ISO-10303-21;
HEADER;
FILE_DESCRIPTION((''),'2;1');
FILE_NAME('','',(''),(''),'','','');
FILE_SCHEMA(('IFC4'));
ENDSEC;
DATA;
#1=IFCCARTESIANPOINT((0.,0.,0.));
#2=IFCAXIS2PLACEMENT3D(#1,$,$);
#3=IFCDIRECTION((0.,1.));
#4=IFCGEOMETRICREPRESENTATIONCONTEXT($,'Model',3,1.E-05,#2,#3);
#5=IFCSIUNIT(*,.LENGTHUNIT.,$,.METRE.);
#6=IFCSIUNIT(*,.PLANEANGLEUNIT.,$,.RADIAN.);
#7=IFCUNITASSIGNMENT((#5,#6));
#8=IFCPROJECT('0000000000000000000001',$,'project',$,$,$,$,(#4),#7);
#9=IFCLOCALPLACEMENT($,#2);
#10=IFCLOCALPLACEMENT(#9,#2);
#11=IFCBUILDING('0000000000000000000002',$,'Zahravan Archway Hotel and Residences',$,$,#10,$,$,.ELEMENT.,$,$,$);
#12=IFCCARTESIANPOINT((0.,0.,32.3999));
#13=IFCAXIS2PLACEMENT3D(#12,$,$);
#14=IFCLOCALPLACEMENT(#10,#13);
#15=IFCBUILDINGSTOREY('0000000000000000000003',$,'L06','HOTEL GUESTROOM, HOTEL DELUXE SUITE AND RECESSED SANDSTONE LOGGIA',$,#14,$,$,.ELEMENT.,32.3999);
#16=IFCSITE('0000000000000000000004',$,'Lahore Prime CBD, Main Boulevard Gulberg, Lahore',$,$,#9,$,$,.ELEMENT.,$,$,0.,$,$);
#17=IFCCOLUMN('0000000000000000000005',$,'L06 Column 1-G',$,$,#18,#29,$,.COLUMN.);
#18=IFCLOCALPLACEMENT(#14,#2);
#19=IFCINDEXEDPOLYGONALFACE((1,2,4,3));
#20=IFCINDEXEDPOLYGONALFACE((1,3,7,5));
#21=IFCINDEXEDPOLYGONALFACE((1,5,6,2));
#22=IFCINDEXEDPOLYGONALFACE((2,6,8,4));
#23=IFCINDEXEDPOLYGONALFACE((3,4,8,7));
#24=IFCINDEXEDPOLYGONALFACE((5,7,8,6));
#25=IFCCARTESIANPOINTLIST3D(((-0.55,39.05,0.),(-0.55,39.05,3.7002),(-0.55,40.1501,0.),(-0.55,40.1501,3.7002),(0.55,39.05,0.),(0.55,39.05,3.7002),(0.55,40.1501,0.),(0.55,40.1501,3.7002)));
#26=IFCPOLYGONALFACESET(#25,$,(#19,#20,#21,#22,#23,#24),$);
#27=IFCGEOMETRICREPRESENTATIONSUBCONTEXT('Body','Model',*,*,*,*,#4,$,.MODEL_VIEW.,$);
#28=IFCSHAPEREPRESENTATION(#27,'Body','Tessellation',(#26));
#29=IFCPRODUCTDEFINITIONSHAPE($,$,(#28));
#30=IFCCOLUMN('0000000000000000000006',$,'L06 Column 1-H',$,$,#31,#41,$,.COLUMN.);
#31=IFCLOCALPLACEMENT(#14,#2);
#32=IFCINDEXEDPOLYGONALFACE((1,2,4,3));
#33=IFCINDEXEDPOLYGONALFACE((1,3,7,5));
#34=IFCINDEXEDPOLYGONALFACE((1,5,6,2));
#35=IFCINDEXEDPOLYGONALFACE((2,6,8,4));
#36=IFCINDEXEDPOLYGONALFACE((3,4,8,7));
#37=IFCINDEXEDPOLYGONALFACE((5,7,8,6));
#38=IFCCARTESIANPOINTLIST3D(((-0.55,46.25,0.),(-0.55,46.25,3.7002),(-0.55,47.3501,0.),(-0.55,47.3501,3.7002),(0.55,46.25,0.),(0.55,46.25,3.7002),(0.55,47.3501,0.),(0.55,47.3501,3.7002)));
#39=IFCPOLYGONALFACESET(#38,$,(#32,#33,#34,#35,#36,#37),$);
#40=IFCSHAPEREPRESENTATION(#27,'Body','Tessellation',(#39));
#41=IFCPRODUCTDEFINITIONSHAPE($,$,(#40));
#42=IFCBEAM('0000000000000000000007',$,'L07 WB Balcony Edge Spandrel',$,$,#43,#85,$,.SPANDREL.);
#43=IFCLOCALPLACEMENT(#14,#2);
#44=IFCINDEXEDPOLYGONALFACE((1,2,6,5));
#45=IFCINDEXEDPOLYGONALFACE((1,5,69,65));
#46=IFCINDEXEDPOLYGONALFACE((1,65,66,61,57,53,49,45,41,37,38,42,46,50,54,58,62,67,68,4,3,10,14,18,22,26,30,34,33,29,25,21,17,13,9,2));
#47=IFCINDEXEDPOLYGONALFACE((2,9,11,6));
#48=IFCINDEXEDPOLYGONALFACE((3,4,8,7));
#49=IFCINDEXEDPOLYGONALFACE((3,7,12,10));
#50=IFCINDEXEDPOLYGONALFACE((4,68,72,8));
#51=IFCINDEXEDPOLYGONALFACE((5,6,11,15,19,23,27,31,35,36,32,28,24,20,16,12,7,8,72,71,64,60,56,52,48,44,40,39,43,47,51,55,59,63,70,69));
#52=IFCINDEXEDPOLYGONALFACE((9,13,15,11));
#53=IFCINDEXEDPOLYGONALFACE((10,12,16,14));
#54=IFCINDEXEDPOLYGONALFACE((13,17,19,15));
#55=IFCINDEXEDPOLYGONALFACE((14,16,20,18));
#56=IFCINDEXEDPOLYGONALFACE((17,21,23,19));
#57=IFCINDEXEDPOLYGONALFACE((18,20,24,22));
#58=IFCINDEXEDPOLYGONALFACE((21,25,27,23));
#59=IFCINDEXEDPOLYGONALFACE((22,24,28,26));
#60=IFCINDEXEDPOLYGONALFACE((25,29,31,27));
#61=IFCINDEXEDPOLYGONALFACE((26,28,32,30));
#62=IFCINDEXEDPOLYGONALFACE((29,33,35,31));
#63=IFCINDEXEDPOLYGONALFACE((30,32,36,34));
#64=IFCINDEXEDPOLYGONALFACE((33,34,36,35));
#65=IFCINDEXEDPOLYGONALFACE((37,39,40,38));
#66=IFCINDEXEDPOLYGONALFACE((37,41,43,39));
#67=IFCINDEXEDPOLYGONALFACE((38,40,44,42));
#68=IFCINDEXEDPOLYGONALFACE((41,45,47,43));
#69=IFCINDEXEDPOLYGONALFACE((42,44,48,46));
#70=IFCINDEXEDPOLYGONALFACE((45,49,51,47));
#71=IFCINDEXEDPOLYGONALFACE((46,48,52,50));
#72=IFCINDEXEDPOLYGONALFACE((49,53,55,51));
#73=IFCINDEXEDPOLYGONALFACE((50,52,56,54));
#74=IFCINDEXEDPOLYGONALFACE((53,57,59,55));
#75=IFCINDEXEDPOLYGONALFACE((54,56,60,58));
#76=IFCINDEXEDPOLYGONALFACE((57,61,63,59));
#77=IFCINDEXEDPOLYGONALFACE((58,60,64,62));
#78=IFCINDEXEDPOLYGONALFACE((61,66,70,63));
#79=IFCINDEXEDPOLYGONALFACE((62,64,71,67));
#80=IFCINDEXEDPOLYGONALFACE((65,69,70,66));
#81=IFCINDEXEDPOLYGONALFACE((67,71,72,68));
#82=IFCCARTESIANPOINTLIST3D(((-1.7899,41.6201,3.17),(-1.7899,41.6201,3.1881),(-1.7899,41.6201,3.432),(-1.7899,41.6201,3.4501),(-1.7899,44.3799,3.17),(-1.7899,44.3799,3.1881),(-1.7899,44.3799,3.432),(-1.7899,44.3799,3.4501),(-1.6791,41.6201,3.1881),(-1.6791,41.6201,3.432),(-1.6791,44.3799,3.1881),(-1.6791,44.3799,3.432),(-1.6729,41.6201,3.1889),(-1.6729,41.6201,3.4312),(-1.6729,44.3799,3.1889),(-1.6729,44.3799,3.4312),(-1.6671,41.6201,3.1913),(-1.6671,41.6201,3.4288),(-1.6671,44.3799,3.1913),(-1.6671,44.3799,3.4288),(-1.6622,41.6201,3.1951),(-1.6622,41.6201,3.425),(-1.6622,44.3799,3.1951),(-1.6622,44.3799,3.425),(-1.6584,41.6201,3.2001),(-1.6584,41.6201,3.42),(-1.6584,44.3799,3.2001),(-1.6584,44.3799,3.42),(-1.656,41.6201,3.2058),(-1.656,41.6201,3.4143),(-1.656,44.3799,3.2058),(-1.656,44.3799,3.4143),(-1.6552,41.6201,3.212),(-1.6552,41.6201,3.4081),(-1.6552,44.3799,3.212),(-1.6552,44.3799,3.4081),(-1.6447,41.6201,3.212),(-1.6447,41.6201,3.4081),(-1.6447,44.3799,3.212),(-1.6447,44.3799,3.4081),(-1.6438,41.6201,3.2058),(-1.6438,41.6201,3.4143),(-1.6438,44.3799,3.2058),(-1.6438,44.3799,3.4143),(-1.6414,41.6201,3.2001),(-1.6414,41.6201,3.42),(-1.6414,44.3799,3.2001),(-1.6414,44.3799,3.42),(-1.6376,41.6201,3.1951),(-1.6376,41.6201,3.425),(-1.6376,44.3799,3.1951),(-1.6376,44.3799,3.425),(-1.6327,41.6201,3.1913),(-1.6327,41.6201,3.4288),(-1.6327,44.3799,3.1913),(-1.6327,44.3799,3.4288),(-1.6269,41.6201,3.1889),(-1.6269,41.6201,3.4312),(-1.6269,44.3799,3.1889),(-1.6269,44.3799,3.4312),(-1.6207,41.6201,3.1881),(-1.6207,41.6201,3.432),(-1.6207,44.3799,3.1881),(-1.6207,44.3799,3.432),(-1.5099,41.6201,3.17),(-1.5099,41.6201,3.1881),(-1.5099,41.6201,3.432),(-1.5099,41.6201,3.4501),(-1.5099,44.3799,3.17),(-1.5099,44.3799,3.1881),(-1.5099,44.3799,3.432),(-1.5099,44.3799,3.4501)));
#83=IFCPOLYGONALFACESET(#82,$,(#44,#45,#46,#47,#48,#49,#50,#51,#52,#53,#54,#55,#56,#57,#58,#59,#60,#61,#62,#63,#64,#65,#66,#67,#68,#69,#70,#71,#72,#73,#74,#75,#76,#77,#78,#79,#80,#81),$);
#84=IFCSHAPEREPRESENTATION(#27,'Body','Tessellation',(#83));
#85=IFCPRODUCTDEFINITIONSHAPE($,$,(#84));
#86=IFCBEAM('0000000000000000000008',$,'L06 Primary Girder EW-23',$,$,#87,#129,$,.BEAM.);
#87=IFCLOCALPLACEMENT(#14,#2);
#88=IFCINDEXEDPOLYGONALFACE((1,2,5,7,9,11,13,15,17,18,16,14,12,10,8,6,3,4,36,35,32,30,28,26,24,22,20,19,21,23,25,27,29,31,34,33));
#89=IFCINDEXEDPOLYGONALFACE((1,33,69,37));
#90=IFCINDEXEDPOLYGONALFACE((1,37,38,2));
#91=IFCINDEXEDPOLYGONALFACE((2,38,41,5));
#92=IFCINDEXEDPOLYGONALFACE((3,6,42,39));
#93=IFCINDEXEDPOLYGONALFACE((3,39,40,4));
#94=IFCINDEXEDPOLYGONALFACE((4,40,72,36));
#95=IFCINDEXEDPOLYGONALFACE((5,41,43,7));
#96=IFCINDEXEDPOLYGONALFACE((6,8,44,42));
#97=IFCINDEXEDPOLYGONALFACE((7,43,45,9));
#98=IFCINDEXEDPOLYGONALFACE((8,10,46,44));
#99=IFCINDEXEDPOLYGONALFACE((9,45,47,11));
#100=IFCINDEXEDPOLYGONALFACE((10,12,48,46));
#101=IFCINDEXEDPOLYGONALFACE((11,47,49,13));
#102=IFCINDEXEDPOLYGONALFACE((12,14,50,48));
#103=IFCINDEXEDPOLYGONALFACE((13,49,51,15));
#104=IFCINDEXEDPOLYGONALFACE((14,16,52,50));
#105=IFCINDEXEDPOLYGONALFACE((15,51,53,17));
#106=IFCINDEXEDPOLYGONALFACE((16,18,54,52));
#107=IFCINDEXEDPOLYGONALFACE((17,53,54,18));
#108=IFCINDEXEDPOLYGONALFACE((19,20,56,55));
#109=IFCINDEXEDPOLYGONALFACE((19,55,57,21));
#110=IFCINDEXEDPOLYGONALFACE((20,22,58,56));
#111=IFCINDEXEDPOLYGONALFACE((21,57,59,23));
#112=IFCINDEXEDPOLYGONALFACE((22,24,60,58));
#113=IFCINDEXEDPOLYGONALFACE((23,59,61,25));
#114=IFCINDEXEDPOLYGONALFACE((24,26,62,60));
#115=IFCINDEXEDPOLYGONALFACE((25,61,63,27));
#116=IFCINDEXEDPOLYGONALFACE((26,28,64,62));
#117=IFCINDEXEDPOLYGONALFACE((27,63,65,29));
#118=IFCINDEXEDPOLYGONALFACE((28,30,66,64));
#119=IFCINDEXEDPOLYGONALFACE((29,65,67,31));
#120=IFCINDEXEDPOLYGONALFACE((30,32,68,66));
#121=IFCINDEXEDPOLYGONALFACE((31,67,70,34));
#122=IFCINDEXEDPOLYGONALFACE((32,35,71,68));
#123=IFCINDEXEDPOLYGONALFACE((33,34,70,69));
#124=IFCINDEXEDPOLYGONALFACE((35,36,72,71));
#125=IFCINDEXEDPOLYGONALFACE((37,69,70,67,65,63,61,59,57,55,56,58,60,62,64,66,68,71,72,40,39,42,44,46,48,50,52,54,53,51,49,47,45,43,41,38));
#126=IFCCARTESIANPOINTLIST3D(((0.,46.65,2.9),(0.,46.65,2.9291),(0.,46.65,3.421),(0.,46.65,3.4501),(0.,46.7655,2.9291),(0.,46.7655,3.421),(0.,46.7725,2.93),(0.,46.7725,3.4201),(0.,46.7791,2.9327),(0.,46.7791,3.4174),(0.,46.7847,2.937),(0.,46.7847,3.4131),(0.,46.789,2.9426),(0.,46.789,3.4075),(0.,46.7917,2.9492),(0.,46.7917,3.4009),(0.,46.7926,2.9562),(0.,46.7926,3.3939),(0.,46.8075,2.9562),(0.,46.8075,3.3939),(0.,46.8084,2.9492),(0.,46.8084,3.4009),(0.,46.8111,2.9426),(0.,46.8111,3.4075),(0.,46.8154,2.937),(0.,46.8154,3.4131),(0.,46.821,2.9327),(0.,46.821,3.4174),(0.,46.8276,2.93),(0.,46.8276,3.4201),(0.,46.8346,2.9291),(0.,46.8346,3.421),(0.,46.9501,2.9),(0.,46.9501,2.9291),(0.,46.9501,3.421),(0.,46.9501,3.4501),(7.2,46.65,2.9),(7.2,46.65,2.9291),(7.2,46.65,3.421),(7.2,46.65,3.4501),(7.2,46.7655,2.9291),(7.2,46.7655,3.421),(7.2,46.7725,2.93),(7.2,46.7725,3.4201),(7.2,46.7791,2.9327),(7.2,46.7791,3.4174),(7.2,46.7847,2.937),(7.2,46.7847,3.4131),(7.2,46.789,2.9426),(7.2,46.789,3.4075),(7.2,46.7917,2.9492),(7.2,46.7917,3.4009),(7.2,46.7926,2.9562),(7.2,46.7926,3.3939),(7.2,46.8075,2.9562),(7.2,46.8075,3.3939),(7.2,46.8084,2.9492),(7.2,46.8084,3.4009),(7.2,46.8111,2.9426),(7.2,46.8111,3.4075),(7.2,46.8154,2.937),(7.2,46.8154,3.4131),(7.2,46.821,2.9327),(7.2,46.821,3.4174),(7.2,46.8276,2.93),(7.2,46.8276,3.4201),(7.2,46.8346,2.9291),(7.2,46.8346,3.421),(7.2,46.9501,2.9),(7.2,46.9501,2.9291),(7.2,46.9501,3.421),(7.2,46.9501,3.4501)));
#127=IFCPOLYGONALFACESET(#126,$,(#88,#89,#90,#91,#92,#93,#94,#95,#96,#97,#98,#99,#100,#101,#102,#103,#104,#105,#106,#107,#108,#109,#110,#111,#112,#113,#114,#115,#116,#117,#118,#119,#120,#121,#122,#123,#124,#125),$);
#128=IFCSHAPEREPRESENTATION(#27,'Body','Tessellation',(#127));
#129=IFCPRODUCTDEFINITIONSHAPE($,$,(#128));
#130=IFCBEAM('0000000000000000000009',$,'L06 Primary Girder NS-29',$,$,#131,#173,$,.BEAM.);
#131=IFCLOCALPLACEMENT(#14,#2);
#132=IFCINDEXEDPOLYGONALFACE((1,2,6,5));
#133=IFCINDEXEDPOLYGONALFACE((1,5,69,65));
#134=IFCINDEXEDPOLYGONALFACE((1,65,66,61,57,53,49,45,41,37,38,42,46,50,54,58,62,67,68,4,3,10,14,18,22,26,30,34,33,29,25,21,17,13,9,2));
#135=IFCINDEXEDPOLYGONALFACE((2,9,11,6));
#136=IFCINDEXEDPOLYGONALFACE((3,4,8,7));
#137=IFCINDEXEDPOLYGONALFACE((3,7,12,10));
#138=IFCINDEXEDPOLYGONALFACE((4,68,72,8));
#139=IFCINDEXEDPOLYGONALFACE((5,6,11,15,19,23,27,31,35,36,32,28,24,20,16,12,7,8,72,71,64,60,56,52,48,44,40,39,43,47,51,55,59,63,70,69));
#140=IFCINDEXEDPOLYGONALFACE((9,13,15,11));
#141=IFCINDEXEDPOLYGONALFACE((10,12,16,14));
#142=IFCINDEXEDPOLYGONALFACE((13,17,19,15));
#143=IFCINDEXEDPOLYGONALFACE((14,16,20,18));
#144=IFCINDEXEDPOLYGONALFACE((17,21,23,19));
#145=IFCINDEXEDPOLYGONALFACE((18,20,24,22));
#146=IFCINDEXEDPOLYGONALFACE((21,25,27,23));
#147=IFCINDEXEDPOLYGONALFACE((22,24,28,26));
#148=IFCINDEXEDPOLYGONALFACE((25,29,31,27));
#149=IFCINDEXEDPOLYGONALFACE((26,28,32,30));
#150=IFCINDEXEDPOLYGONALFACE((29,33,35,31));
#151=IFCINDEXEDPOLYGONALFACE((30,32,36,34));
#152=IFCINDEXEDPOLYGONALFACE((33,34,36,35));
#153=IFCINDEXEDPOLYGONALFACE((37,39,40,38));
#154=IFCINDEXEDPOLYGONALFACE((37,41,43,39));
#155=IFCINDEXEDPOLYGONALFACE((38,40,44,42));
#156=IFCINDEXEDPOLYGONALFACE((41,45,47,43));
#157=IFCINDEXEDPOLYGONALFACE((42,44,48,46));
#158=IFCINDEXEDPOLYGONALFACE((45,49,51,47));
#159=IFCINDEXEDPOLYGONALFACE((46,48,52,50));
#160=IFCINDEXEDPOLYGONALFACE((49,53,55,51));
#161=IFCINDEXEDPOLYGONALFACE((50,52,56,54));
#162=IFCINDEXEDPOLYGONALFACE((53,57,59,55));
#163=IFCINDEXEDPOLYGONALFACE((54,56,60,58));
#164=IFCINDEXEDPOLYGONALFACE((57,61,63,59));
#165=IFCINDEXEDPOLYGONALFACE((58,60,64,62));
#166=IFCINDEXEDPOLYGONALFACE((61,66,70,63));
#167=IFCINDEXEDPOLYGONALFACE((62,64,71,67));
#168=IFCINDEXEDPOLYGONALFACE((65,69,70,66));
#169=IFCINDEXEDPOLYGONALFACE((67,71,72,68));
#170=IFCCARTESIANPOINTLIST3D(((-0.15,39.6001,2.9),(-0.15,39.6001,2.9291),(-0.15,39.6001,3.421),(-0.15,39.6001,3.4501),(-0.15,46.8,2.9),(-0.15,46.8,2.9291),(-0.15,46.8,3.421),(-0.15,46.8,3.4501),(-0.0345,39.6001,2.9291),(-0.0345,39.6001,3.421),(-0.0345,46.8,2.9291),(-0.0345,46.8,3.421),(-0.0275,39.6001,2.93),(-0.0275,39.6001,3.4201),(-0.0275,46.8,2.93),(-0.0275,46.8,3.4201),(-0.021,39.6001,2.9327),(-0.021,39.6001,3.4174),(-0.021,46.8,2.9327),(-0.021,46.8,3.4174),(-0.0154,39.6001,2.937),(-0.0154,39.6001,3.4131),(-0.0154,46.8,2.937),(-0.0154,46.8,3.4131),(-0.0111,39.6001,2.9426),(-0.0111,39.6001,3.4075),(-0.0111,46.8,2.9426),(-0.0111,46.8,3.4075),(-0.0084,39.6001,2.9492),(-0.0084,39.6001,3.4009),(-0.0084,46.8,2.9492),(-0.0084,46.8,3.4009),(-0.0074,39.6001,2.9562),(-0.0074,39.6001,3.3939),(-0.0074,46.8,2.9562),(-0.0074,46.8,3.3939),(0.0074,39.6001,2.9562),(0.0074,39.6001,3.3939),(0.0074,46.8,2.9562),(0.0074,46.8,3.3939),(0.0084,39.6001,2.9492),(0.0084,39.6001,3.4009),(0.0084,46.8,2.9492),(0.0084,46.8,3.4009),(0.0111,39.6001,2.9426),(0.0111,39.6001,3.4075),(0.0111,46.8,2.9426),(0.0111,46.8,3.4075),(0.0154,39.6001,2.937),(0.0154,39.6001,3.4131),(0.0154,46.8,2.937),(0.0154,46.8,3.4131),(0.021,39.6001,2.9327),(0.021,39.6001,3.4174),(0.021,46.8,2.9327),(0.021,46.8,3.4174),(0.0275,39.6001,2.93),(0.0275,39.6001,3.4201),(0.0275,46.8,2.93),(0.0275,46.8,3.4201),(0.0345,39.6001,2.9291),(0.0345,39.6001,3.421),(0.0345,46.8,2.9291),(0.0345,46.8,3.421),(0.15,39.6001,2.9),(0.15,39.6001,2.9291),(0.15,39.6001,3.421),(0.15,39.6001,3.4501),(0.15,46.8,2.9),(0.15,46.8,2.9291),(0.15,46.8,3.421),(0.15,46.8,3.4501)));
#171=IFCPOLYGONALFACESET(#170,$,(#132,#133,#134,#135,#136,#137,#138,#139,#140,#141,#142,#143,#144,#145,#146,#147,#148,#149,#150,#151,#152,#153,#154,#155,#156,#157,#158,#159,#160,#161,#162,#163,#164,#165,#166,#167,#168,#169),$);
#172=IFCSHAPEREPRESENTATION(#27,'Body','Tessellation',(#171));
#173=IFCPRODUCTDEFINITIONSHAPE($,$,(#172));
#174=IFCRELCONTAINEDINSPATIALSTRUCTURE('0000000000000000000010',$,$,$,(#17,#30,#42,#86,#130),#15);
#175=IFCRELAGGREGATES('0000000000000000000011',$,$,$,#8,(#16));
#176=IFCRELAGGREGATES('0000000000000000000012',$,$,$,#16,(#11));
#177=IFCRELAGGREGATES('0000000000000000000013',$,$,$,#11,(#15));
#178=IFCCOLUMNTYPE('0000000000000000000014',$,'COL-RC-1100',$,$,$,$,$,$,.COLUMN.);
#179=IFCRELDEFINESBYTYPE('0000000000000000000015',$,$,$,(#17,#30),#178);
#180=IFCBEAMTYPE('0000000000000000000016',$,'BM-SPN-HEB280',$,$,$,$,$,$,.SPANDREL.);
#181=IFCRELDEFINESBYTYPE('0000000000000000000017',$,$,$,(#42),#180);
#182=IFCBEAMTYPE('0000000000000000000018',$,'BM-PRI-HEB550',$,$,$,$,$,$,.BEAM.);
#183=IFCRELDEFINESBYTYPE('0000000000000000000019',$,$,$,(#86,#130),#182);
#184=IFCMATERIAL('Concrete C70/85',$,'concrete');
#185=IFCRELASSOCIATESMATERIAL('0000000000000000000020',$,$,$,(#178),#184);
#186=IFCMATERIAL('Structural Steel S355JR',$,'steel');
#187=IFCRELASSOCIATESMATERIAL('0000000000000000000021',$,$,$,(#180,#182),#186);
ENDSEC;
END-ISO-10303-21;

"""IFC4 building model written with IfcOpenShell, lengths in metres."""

from ifc_helpers import new_model, si_unit, direction, frame, origin, origin_2d, place, context, subcontext, project, spatial, rectangle, i_section, extrude, source, transform, mapped, material, material_profile, profile_set, type_object, element, save


model = new_model("IFC4")

# Units and contexts
model_context = context("Model", 3, precision=1e-05, world=origin(), true_north=direction((0.0, 1.0)))
body_context = subcontext(model_context, "Body", "Model", "MODEL_VIEW")
ifc_project = project(units=[si_unit("LENGTHUNIT", "METRE"), si_unit("PLANEANGLEUNIT", "RADIAN")], contexts=[model_context])

# Site, building, storey
site_placement = place(None, origin())
site = spatial("IfcSite", under=ifc_project, at=site_placement, Name="Lahore Prime CBD, Main Boulevard Gulberg, Lahore", CompositionType="ELEMENT", RefElevation=0.0)
building_placement = place(site_placement, origin())
building = spatial("IfcBuilding", under=site, at=building_placement, Name="Zahravan Archway Hotel and Residences", CompositionType="ELEMENT")
storey_placement = place(building_placement, frame((0.0, 0.0, 32.3999)))
storey = spatial("IfcBuildingStorey", under=building, at=storey_placement, Name="L06", Description="HOTEL GUESTROOM, HOTEL DELUXE SUITE AND RECESSED SANDSTONE LOGGIA", CompositionType="ELEMENT", Elevation=32.3999)

# Columns
ifc_material_1 = material(Name="Concrete C70/85", Category="concrete")
ifc_material_profile_1 = material_profile(ifc_material_1, rectangle(XDim=1.1001, YDim=1.1001, at=origin_2d()), Name="RC 1100x1100", Category="concrete")
ifc_profile_set_1 = profile_set([ifc_material_profile_1], Name="Concrete C70/85")
column_type = type_object("IfcColumnType", Name="COL-RC-1100", PredefinedType="COLUMN", material=ifc_profile_set_1)
shared_shape_1 = source(origin(), body_context, "Body", "SweptSolid", [
    extrude(rectangle(XDim=1.1001, YDim=1.1001, at=origin_2d()), origin(), (0.0, 0.0, 1.0), 3.7002),
])
for number, where, z_axis, x_axis, name in (
    (1, (0.0, 39.6001, 0.0), (0.0, 0.0, 1.0), (1.0, 0.0, 0.0), "L06 Column 1-G"),
    (2, (0.0, 46.8, 0.0), (0.0, 0.0, 1.0), (1.0, 0.0, 0.0), "L06 Column 1-H"),
):
    element("IfcColumn", number, at=place(storey_placement, frame(where, z_axis=z_axis, x_axis=x_axis)), inside=storey, type_object=column_type, Name=name, PredefinedType="COLUMN", context=body_context, shape_type="MappedRepresentation", body=[
        mapped(shared_shape_1, transform((0.0, 0.0, 0.0), scale=1.0)),
    ])

# Beams
ifc_material_2 = material(Name="Structural Steel S355JR", Category="steel")
ifc_material_profile_2 = material_profile(ifc_material_2, i_section(OverallWidth=0.28, OverallDepth=0.28, WebThickness=0.0105, FlangeThickness=0.0181, FilletRadius=0.0239, at=origin_2d()), Name="HEB 280", Category="steel")
ifc_profile_set_2 = profile_set([ifc_material_profile_2], Name="Structural Steel S355JR")
beam_type_1 = type_object("IfcBeamType", Name="BM-SPN-HEB280", PredefinedType="SPANDREL", material=ifc_profile_set_2)
shared_shape_2 = source(origin(), body_context, "Body", "SweptSolid", [
    extrude(i_section(OverallWidth=0.28, OverallDepth=0.28, WebThickness=0.0105, FlangeThickness=0.0181, FilletRadius=0.0239, at=origin_2d()), origin(), (0.0, 0.0, 1.0), 2.7598),
])
beam_placement = place(storey_placement, frame((-1.6499, 41.6201, 3.3101), z_axis=(0.0, 1.0, 0.0), x_axis=(-1.0, 0.0, 0.0)))
element("IfcBeam", 3, at=beam_placement, inside=storey, type_object=beam_type_1, Name="L07 WB Balcony Edge Spandrel", PredefinedType="SPANDREL", context=body_context, shape_type="MappedRepresentation", body=[
    mapped(shared_shape_2, transform((0.0, 0.0, 0.0), scale=1.0)),
])
ifc_material_profile_3 = material_profile(ifc_material_2, i_section(OverallWidth=0.3, OverallDepth=0.55, WebThickness=0.0149, FlangeThickness=0.0291, FilletRadius=0.0271, at=origin_2d()), Name="HEB 550", Category="steel")
ifc_profile_set_3 = profile_set([ifc_material_profile_3], Name="Structural Steel S355JR")
beam_type_2 = type_object("IfcBeamType", Name="BM-PRI-HEB550", PredefinedType="BEAM", material=ifc_profile_set_3)
shared_shape_3 = source(origin(), body_context, "Body", "SweptSolid", [
    extrude(i_section(OverallWidth=0.3, OverallDepth=0.55, WebThickness=0.0149, FlangeThickness=0.0291, FilletRadius=0.0271, at=origin_2d()), origin(), (0.0, 0.0, 1.0), 7.2),
])
for number, where, z_axis, x_axis, name in (
    (4, (0.0, 46.8, 3.175), (1.0, 0.0, 0.0), (0.0, 1.0, 0.0), "L06 Primary Girder EW-23"),
    (5, (0.0, 39.6001, 3.175), (0.0, 1.0, 0.0), (-1.0, 0.0, 0.0), "L06 Primary Girder NS-29"),
):
    element("IfcBeam", number, at=place(storey_placement, frame(where, z_axis=z_axis, x_axis=x_axis)), inside=storey, type_object=beam_type_2, Name=name, PredefinedType="BEAM", context=body_context, shape_type="MappedRepresentation", body=[
        mapped(shared_shape_3, transform((0.0, 0.0, 0.0), scale=1.0)),
    ])

save(model, "model.ifc")
